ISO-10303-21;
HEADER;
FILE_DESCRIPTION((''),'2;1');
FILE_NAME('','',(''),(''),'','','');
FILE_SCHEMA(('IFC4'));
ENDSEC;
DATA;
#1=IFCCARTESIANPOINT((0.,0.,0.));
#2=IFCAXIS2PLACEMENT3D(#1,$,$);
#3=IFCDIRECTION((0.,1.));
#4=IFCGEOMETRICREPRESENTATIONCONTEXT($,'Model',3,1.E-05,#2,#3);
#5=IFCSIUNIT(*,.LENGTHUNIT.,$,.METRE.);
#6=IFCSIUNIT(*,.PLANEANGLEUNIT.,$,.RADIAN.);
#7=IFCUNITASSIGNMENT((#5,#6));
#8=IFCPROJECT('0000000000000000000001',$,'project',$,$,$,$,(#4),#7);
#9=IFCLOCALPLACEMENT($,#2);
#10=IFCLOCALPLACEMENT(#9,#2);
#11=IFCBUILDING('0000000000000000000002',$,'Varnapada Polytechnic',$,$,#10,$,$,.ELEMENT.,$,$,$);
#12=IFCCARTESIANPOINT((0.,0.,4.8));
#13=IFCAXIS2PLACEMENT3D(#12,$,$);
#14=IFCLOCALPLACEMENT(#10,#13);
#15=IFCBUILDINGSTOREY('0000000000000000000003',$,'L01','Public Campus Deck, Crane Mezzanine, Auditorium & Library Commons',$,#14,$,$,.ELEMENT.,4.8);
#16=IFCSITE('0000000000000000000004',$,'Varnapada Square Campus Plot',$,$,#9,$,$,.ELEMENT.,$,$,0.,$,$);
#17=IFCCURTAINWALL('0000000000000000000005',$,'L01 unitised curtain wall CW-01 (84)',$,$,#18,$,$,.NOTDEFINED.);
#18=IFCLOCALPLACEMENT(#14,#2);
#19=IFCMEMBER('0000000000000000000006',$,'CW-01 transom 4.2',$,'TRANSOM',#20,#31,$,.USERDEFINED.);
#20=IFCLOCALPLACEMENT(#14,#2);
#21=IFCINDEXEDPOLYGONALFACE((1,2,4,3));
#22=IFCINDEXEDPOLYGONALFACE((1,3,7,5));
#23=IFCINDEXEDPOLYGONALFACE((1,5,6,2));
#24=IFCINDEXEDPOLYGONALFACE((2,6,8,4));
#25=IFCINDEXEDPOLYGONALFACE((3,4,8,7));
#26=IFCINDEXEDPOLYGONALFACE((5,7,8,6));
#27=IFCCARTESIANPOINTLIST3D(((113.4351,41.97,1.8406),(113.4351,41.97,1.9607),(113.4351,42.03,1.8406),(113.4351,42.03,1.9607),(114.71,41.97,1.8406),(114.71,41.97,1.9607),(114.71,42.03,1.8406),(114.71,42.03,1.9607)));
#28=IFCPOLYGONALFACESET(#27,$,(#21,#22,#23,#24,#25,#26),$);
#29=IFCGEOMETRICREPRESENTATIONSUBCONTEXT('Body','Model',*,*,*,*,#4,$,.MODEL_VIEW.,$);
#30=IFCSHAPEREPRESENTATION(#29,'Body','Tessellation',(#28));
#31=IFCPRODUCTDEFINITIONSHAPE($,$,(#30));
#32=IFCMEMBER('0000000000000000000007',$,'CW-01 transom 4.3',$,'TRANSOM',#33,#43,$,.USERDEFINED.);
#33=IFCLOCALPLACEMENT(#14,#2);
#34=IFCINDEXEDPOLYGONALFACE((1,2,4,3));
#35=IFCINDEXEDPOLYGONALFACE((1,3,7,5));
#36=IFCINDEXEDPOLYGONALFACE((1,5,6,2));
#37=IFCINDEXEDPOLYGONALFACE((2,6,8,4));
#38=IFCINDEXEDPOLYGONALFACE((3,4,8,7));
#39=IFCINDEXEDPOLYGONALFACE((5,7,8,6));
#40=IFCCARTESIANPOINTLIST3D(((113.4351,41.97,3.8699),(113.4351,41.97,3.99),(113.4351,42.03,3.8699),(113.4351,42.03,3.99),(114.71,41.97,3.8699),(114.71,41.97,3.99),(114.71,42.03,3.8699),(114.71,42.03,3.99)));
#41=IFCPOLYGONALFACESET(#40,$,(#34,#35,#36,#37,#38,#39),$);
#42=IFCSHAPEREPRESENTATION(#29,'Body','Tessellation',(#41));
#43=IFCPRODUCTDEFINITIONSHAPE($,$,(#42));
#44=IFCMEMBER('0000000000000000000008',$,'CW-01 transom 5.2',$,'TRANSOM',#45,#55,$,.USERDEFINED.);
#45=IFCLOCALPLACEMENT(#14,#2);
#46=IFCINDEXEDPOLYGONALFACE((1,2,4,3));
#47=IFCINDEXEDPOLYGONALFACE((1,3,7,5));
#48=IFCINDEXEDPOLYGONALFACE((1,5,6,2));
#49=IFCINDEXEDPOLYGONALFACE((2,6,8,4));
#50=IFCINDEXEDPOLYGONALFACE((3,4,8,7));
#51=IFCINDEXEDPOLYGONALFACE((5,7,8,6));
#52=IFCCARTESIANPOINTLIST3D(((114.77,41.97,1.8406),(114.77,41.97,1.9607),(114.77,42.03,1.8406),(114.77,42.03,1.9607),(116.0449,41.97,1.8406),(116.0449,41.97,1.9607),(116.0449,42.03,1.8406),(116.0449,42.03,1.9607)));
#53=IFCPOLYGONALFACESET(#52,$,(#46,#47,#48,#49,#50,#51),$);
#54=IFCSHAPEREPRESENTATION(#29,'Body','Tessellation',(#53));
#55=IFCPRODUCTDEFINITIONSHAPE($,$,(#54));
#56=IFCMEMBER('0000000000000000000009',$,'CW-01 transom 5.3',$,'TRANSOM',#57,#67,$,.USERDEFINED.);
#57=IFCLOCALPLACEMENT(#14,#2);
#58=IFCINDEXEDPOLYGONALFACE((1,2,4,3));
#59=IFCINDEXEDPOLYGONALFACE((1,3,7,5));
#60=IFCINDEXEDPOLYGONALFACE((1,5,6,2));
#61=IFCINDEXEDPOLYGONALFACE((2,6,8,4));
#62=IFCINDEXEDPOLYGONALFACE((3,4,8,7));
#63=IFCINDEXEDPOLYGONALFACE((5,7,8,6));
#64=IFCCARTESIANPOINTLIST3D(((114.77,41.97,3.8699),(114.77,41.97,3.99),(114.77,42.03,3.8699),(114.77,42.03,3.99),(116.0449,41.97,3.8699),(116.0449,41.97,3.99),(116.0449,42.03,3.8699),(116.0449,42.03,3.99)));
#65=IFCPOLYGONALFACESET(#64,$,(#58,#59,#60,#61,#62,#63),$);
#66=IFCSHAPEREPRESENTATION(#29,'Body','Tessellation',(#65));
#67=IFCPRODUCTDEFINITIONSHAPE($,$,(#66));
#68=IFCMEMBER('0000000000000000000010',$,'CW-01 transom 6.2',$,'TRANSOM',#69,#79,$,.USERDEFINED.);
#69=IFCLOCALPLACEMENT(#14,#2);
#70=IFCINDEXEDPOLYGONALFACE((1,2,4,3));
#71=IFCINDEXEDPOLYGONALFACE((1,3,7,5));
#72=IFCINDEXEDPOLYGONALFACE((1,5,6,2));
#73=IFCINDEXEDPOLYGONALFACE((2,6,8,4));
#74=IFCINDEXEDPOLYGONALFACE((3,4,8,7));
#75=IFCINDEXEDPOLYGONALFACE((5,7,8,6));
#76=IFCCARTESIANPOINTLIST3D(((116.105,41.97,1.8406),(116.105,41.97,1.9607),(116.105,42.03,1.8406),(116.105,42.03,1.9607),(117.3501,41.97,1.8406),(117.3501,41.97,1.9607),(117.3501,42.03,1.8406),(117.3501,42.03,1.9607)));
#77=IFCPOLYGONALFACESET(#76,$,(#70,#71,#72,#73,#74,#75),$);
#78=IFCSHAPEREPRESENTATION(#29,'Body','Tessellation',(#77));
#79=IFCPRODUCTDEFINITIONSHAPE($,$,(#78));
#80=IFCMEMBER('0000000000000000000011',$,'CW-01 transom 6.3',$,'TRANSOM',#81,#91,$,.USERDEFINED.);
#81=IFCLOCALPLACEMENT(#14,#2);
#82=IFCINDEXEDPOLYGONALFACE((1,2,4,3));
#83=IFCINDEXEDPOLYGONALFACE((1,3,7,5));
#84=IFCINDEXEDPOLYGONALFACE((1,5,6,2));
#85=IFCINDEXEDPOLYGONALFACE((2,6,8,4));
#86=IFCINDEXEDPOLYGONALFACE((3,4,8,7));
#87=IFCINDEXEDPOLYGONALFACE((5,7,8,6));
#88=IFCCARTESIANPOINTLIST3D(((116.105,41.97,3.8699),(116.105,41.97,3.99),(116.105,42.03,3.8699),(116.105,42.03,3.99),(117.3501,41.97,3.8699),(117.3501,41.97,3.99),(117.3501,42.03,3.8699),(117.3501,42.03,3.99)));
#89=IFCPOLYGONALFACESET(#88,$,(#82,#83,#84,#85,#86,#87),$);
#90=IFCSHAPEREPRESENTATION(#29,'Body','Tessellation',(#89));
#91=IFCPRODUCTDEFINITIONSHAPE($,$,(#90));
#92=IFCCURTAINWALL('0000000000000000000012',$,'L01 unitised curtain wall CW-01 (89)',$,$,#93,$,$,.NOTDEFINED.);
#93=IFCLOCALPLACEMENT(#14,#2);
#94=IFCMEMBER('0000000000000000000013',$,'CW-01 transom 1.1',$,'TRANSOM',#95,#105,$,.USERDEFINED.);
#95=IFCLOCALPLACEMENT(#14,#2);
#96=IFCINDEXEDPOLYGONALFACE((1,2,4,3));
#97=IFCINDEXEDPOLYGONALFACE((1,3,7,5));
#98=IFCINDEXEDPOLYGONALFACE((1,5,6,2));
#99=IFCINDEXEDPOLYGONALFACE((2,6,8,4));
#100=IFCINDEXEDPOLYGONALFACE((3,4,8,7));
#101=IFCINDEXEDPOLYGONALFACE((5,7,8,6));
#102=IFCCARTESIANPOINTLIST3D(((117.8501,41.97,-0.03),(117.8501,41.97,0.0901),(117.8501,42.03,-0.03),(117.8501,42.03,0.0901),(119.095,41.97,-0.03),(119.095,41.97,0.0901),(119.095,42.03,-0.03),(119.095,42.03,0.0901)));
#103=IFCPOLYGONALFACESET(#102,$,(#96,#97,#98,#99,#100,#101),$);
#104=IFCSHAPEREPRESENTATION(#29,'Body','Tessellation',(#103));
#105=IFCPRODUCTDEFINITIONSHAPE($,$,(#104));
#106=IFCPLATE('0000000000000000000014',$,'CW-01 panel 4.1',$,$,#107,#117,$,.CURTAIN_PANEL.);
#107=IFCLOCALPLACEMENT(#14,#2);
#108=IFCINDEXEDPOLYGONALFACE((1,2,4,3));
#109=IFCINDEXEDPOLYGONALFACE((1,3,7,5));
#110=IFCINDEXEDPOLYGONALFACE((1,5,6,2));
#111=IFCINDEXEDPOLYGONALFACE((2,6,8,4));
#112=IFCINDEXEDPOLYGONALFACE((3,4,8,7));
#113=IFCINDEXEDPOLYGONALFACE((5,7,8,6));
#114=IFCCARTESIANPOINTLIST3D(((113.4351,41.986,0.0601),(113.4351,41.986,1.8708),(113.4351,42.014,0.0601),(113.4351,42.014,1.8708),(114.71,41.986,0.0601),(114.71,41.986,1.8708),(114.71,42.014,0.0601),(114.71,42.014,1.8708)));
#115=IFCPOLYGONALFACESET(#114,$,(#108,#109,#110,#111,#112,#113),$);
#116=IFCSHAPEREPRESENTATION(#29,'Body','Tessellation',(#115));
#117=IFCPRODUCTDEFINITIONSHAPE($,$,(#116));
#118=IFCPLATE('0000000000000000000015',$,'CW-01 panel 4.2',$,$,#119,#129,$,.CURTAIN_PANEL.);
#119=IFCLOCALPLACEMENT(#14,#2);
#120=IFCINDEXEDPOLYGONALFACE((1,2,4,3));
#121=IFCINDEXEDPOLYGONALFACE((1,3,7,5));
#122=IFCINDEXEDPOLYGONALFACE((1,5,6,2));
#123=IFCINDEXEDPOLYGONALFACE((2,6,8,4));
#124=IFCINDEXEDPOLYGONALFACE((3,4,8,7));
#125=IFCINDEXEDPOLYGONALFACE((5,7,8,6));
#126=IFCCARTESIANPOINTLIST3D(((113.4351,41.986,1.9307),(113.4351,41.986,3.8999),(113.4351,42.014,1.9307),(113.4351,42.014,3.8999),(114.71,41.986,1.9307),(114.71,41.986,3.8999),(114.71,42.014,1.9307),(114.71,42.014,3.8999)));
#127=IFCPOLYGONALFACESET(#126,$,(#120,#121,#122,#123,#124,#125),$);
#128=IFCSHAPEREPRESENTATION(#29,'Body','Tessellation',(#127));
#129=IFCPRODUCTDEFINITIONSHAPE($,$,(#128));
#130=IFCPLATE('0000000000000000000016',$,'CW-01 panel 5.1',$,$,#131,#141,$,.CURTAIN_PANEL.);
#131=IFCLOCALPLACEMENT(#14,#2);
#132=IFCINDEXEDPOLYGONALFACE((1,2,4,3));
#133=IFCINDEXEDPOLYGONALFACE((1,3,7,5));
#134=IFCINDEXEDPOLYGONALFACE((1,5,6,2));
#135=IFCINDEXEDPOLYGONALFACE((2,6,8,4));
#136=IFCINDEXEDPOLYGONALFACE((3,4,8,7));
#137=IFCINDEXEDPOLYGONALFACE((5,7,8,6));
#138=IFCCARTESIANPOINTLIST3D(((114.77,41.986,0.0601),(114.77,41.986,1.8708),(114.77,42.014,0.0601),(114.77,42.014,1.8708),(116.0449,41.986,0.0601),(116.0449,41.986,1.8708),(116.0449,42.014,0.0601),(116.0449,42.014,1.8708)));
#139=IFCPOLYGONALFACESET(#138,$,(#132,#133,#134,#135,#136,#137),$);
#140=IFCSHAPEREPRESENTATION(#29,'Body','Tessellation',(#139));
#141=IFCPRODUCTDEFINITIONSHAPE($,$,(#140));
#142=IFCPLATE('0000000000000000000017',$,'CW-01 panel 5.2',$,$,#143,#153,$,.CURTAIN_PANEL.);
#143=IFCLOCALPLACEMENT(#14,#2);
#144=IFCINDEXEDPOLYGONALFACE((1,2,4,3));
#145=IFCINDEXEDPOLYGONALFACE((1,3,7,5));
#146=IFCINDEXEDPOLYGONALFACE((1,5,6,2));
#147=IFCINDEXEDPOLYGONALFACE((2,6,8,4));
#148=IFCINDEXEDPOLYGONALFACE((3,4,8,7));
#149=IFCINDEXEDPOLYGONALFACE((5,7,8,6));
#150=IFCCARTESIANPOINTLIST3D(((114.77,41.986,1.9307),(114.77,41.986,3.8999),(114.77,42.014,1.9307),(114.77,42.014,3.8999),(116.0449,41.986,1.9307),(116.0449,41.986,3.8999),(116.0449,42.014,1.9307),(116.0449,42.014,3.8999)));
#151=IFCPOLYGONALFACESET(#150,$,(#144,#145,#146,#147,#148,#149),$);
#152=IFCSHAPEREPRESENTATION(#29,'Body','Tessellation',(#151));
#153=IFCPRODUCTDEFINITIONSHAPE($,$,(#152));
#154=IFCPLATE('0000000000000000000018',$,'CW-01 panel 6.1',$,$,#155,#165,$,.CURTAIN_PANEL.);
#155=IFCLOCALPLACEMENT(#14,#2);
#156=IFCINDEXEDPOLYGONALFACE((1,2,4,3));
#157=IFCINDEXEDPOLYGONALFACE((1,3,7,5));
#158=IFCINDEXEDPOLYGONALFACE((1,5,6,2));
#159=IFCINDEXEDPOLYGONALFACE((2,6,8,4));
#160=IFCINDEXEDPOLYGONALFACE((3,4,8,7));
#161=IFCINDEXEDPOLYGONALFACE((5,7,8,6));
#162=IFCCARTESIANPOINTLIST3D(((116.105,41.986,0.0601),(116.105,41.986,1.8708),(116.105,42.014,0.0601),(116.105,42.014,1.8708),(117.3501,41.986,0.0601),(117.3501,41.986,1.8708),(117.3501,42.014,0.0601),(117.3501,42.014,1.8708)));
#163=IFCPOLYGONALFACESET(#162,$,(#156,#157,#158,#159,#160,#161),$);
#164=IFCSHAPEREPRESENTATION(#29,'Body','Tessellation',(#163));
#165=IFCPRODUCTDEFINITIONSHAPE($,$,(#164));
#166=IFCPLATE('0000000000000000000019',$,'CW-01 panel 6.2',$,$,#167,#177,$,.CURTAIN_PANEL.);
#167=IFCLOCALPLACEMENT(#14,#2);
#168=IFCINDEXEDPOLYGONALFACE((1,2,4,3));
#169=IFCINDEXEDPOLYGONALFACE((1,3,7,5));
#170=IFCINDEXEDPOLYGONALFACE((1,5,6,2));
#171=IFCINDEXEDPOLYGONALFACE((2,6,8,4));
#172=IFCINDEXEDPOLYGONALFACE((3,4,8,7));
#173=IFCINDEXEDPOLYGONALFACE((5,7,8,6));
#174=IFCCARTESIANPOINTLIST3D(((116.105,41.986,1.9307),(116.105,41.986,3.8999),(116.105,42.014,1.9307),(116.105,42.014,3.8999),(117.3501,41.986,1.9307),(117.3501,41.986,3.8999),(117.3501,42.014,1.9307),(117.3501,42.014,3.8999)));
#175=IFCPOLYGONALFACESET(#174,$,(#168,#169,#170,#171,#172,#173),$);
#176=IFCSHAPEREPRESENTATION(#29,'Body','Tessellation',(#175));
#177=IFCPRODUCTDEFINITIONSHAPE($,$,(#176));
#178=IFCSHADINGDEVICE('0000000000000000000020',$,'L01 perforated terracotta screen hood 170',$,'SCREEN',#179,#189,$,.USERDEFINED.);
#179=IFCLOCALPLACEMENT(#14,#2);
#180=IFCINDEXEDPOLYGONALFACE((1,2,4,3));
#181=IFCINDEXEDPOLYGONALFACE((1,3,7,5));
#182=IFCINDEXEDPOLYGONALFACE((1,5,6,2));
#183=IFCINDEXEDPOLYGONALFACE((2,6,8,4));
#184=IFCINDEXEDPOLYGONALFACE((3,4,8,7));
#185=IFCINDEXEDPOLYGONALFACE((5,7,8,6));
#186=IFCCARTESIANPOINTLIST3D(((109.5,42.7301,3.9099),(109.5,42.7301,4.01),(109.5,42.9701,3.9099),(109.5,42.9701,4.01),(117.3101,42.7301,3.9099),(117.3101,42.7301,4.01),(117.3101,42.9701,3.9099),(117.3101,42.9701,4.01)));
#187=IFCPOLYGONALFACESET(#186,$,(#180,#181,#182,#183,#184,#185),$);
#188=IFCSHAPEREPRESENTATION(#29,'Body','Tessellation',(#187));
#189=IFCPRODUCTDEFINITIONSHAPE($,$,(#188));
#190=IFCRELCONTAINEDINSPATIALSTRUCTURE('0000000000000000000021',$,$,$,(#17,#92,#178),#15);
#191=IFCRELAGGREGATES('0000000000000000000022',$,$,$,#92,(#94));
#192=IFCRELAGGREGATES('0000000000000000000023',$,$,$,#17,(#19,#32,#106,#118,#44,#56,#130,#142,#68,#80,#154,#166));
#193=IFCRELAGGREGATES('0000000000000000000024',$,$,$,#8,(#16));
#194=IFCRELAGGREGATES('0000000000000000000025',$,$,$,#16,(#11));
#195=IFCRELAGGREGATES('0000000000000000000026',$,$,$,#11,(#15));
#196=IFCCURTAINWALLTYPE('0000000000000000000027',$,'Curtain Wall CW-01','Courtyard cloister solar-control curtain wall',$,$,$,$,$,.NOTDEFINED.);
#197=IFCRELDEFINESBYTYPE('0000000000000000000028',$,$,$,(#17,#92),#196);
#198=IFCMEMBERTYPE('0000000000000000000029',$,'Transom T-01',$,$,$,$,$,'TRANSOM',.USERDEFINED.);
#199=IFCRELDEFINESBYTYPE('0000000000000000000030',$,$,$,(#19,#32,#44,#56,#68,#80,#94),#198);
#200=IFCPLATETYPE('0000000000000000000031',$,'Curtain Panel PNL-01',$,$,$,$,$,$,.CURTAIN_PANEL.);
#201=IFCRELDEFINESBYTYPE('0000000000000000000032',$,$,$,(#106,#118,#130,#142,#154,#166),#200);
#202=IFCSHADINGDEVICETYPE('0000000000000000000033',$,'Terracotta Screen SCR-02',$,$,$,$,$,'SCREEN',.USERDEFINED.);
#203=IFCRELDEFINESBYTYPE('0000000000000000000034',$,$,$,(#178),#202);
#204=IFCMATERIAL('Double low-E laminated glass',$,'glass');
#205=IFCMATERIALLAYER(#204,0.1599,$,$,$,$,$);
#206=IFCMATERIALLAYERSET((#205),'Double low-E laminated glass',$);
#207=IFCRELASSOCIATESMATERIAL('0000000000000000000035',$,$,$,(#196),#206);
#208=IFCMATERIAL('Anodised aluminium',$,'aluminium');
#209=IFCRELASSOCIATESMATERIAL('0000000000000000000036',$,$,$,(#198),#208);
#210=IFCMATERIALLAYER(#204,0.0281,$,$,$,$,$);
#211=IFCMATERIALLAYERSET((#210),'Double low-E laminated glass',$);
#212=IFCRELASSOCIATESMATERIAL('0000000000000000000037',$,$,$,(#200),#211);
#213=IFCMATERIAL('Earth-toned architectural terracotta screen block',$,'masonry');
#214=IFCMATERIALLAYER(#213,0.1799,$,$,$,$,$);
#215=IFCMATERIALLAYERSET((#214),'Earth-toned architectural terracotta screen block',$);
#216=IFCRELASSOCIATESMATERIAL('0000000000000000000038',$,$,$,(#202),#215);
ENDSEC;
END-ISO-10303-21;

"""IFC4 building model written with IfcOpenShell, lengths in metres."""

from ifc_helpers import new_model, si_unit, direction, frame, origin, origin_2d, place, context, subcontext, project, spatial, rectangle, extrude, material, layer, layer_set, material_profile, profile_set, type_object, element, aggregate, save


model = new_model("IFC4")

# Units and contexts
model_context = context("Model", 3, precision=1e-05, world=origin(), true_north=direction((0.0, 1.0)))
body_context = subcontext(model_context, "Body", "Model", "MODEL_VIEW")
ifc_project = project(units=[si_unit("LENGTHUNIT", "METRE"), si_unit("PLANEANGLEUNIT", "RADIAN")], contexts=[model_context])

# Site, building, storey
site_placement = place(None, origin())
site = spatial("IfcSite", under=ifc_project, at=site_placement, Name="Varnapada Square Campus Plot", CompositionType="ELEMENT", RefElevation=0.0)
building_placement = place(site_placement, origin())
building = spatial("IfcBuilding", under=site, at=building_placement, Name="Varnapada Polytechnic", CompositionType="ELEMENT")
storey_placement = place(building_placement, frame((0.0, 0.0, 4.8)))
storey = spatial("IfcBuildingStorey", under=building, at=storey_placement, Name="L01", Description="Public Campus Deck, Crane Mezzanine, Auditorium & Library Commons", CompositionType="ELEMENT", Elevation=4.8)

# Curtain wall, members
ifc_material_1 = material(Name="Double low-E laminated glass", Category="glass")
ifc_layer_1 = layer(ifc_material_1, 0.1599)
ifc_layer_set_1 = layer_set([ifc_layer_1], Name="Double low-E laminated glass")
curtain_wall_type = type_object("IfcCurtainWallType", Name="Curtain Wall CW-01", Description="Courtyard cloister solar-control curtain wall", PredefinedType="NOTDEFINED", material=ifc_layer_set_1)
curtain_wall_1_placement = place(storey_placement, origin())
curtain_wall_1 = element("IfcCurtainWall", 1, at=curtain_wall_1_placement, inside=storey, type_object=curtain_wall_type, Name="L01 unitised curtain wall CW-01 (84)", PredefinedType="NOTDEFINED")
ifc_material_2 = material(Name="Anodised aluminium", Category="aluminium")
ifc_material_profile = material_profile(ifc_material_2, rectangle(XDim=0.0601, YDim=0.1201, at=origin_2d()), Name="ALU T60x120")
ifc_profile_set = profile_set([ifc_material_profile], Name="Anodised aluminium")
member_type = type_object("IfcMemberType", Name="Transom T-01", ElementType="TRANSOM", PredefinedType="USERDEFINED", material=ifc_profile_set)
member_1_placement = place(storey_placement, frame((113.4351, 42.0, 1.9006), z_axis=(1.0, 0.0, 0.0), x_axis=(0.0, 1.0, 0.0)))
member_1 = element("IfcMember", 2, at=member_1_placement, type_object=member_type, Name="CW-01 transom 4.2", ObjectType="TRANSOM", PredefinedType="USERDEFINED", context=body_context, shape_type="SweptSolid", body=[
    extrude(rectangle(XDim=0.0601, YDim=0.1201, at=origin_2d()), origin(), (0.0, 0.0, 1.0), 1.2749),
])
member_2_placement = place(storey_placement, frame((113.4351, 42.0, 3.9299), z_axis=(1.0, 0.0, 0.0), x_axis=(0.0, 1.0, 0.0)))
member_2 = element("IfcMember", 3, at=member_2_placement, type_object=member_type, Name="CW-01 transom 4.3", ObjectType="TRANSOM", PredefinedType="USERDEFINED", context=body_context, shape_type="SweptSolid", body=[
    extrude(rectangle(XDim=0.0601, YDim=0.1201, at=origin_2d()), origin(), (0.0, 0.0, 1.0), 1.2749),
])
member_3_placement = place(storey_placement, frame((114.77, 42.0, 1.9006), z_axis=(1.0, 0.0, 0.0), x_axis=(0.0, 1.0, 0.0)))
member_3 = element("IfcMember", 4, at=member_3_placement, type_object=member_type, Name="CW-01 transom 5.2", ObjectType="TRANSOM", PredefinedType="USERDEFINED", context=body_context, shape_type="SweptSolid", body=[
    extrude(rectangle(XDim=0.0601, YDim=0.1201, at=origin_2d()), origin(), (0.0, 0.0, 1.0), 1.2749),
])
member_4_placement = place(storey_placement, frame((114.77, 42.0, 3.9299), z_axis=(1.0, 0.0, 0.0), x_axis=(0.0, 1.0, 0.0)))
member_4 = element("IfcMember", 5, at=member_4_placement, type_object=member_type, Name="CW-01 transom 5.3", ObjectType="TRANSOM", PredefinedType="USERDEFINED", context=body_context, shape_type="SweptSolid", body=[
    extrude(rectangle(XDim=0.0601, YDim=0.1201, at=origin_2d()), origin(), (0.0, 0.0, 1.0), 1.2749),
])
member_5_placement = place(storey_placement, frame((116.105, 42.0, 1.9006), z_axis=(1.0, 0.0, 0.0), x_axis=(0.0, 1.0, 0.0)))
member_5 = element("IfcMember", 6, at=member_5_placement, type_object=member_type, Name="CW-01 transom 6.2", ObjectType="TRANSOM", PredefinedType="USERDEFINED", context=body_context, shape_type="SweptSolid", body=[
    extrude(rectangle(XDim=0.0601, YDim=0.1201, at=origin_2d()), origin(), (0.0, 0.0, 1.0), 1.2451),
])
member_6_placement = place(storey_placement, frame((116.105, 42.0, 3.9299), z_axis=(1.0, 0.0, 0.0), x_axis=(0.0, 1.0, 0.0)))
member_6 = element("IfcMember", 7, at=member_6_placement, type_object=member_type, Name="CW-01 transom 6.3", ObjectType="TRANSOM", PredefinedType="USERDEFINED", context=body_context, shape_type="SweptSolid", body=[
    extrude(rectangle(XDim=0.0601, YDim=0.1201, at=origin_2d()), origin(), (0.0, 0.0, 1.0), 1.2451),
])

# Curtain wall, member
curtain_wall_2_placement = place(storey_placement, origin())
curtain_wall_2 = element("IfcCurtainWall", 8, at=curtain_wall_2_placement, inside=storey, type_object=curtain_wall_type, Name="L01 unitised curtain wall CW-01 (89)", PredefinedType="NOTDEFINED")
member_7_placement = place(storey_placement, frame((117.8501, 42.0, 0.03), z_axis=(1.0, 0.0, 0.0), x_axis=(0.0, 1.0, 0.0)))
member_7 = element("IfcMember", 9, at=member_7_placement, type_object=member_type, Name="CW-01 transom 1.1", ObjectType="TRANSOM", PredefinedType="USERDEFINED", context=body_context, shape_type="SweptSolid", body=[
    extrude(rectangle(XDim=0.0601, YDim=0.1201, at=origin_2d()), origin(), (0.0, 0.0, 1.0), 1.2449),
])
aggregate(curtain_wall_2, [member_7])

# Plates
ifc_layer_2 = layer(ifc_material_1, 0.0281)
ifc_layer_set_2 = layer_set([ifc_layer_2], Name="Double low-E laminated glass")
plate_type = type_object("IfcPlateType", Name="Curtain Panel PNL-01", PredefinedType="CURTAIN_PANEL", material=ifc_layer_set_2)
plate_1_placement = place(storey_placement, frame((114.0725, 42.0, 0.0601), z_axis=(0.0, 0.0, 1.0), x_axis=(1.0, 0.0, 0.0)))
plate_1 = element("IfcPlate", 10, at=plate_1_placement, type_object=plate_type, Name="CW-01 panel 4.1", PredefinedType="CURTAIN_PANEL", context=body_context, shape_type="SweptSolid", body=[
    extrude(rectangle(XDim=1.2749, YDim=0.0281, at=origin_2d()), origin(), (0.0, 0.0, 1.0), 1.8108),
])
plate_2_placement = place(storey_placement, frame((114.0725, 42.0, 1.9307), z_axis=(0.0, 0.0, 1.0), x_axis=(1.0, 0.0, 0.0)))
plate_2 = element("IfcPlate", 11, at=plate_2_placement, type_object=plate_type, Name="CW-01 panel 4.2", PredefinedType="CURTAIN_PANEL", context=body_context, shape_type="SweptSolid", body=[
    extrude(rectangle(XDim=1.2749, YDim=0.0281, at=origin_2d()), origin(), (0.0, 0.0, 1.0), 1.9692),
])
plate_3_placement = place(storey_placement, frame((115.4075, 42.0, 0.0601), z_axis=(0.0, 0.0, 1.0), x_axis=(1.0, 0.0, 0.0)))
plate_3 = element("IfcPlate", 12, at=plate_3_placement, type_object=plate_type, Name="CW-01 panel 5.1", PredefinedType="CURTAIN_PANEL", context=body_context, shape_type="SweptSolid", body=[
    extrude(rectangle(XDim=1.2749, YDim=0.0281, at=origin_2d()), origin(), (0.0, 0.0, 1.0), 1.8108),
])
plate_4_placement = place(storey_placement, frame((115.4075, 42.0, 1.9307), z_axis=(0.0, 0.0, 1.0), x_axis=(1.0, 0.0, 0.0)))
plate_4 = element("IfcPlate", 13, at=plate_4_placement, type_object=plate_type, Name="CW-01 panel 5.2", PredefinedType="CURTAIN_PANEL", context=body_context, shape_type="SweptSolid", body=[
    extrude(rectangle(XDim=1.2749, YDim=0.0281, at=origin_2d()), origin(), (0.0, 0.0, 1.0), 1.9692),
])
plate_5_placement = place(storey_placement, frame((116.7275, 42.0, 0.0601), z_axis=(0.0, 0.0, 1.0), x_axis=(1.0, 0.0, 0.0)))
plate_5 = element("IfcPlate", 14, at=plate_5_placement, type_object=plate_type, Name="CW-01 panel 6.1", PredefinedType="CURTAIN_PANEL", context=body_context, shape_type="SweptSolid", body=[
    extrude(rectangle(XDim=1.2451, YDim=0.0281, at=origin_2d()), origin(), (0.0, 0.0, 1.0), 1.8108),
])
plate_6_placement = place(storey_placement, frame((116.7275, 42.0, 1.9307), z_axis=(0.0, 0.0, 1.0), x_axis=(1.0, 0.0, 0.0)))
plate_6 = element("IfcPlate", 15, at=plate_6_placement, type_object=plate_type, Name="CW-01 panel 6.2", PredefinedType="CURTAIN_PANEL", context=body_context, shape_type="SweptSolid", body=[
    extrude(rectangle(XDim=1.2451, YDim=0.0281, at=origin_2d()), origin(), (0.0, 0.0, 1.0), 1.9692),
])
aggregate(curtain_wall_1, [member_1, member_2, plate_1, plate_2, member_3, member_4, plate_3, plate_4, member_5, member_6, plate_5, plate_6])

# Shading device
ifc_material_3 = material(Name="Earth-toned architectural terracotta screen block", Category="masonry")
ifc_layer_3 = layer(ifc_material_3, 0.1799)
ifc_layer_set_3 = layer_set([ifc_layer_3], Name="Earth-toned architectural terracotta screen block")
shading_device_type = type_object("IfcShadingDeviceType", Name="Terracotta Screen SCR-02", ElementType="SCREEN", PredefinedType="USERDEFINED", material=ifc_layer_set_3)
shading_device_placement = place(storey_placement, frame((113.405, 42.8501, 3.9099), z_axis=(0.0, 0.0, 1.0), x_axis=(1.0, 0.0, 0.0)))
element("IfcShadingDevice", 16, at=shading_device_placement, inside=storey, type_object=shading_device_type, Name="L01 perforated terracotta screen hood 170", ObjectType="SCREEN", PredefinedType="USERDEFINED", context=body_context, shape_type="SweptSolid", body=[
    extrude(rectangle(XDim=7.8101, YDim=0.24, at=origin_2d()), origin(), (0.0, 0.0, 1.0), 0.1001),
])

save(model, "model.ifc")
